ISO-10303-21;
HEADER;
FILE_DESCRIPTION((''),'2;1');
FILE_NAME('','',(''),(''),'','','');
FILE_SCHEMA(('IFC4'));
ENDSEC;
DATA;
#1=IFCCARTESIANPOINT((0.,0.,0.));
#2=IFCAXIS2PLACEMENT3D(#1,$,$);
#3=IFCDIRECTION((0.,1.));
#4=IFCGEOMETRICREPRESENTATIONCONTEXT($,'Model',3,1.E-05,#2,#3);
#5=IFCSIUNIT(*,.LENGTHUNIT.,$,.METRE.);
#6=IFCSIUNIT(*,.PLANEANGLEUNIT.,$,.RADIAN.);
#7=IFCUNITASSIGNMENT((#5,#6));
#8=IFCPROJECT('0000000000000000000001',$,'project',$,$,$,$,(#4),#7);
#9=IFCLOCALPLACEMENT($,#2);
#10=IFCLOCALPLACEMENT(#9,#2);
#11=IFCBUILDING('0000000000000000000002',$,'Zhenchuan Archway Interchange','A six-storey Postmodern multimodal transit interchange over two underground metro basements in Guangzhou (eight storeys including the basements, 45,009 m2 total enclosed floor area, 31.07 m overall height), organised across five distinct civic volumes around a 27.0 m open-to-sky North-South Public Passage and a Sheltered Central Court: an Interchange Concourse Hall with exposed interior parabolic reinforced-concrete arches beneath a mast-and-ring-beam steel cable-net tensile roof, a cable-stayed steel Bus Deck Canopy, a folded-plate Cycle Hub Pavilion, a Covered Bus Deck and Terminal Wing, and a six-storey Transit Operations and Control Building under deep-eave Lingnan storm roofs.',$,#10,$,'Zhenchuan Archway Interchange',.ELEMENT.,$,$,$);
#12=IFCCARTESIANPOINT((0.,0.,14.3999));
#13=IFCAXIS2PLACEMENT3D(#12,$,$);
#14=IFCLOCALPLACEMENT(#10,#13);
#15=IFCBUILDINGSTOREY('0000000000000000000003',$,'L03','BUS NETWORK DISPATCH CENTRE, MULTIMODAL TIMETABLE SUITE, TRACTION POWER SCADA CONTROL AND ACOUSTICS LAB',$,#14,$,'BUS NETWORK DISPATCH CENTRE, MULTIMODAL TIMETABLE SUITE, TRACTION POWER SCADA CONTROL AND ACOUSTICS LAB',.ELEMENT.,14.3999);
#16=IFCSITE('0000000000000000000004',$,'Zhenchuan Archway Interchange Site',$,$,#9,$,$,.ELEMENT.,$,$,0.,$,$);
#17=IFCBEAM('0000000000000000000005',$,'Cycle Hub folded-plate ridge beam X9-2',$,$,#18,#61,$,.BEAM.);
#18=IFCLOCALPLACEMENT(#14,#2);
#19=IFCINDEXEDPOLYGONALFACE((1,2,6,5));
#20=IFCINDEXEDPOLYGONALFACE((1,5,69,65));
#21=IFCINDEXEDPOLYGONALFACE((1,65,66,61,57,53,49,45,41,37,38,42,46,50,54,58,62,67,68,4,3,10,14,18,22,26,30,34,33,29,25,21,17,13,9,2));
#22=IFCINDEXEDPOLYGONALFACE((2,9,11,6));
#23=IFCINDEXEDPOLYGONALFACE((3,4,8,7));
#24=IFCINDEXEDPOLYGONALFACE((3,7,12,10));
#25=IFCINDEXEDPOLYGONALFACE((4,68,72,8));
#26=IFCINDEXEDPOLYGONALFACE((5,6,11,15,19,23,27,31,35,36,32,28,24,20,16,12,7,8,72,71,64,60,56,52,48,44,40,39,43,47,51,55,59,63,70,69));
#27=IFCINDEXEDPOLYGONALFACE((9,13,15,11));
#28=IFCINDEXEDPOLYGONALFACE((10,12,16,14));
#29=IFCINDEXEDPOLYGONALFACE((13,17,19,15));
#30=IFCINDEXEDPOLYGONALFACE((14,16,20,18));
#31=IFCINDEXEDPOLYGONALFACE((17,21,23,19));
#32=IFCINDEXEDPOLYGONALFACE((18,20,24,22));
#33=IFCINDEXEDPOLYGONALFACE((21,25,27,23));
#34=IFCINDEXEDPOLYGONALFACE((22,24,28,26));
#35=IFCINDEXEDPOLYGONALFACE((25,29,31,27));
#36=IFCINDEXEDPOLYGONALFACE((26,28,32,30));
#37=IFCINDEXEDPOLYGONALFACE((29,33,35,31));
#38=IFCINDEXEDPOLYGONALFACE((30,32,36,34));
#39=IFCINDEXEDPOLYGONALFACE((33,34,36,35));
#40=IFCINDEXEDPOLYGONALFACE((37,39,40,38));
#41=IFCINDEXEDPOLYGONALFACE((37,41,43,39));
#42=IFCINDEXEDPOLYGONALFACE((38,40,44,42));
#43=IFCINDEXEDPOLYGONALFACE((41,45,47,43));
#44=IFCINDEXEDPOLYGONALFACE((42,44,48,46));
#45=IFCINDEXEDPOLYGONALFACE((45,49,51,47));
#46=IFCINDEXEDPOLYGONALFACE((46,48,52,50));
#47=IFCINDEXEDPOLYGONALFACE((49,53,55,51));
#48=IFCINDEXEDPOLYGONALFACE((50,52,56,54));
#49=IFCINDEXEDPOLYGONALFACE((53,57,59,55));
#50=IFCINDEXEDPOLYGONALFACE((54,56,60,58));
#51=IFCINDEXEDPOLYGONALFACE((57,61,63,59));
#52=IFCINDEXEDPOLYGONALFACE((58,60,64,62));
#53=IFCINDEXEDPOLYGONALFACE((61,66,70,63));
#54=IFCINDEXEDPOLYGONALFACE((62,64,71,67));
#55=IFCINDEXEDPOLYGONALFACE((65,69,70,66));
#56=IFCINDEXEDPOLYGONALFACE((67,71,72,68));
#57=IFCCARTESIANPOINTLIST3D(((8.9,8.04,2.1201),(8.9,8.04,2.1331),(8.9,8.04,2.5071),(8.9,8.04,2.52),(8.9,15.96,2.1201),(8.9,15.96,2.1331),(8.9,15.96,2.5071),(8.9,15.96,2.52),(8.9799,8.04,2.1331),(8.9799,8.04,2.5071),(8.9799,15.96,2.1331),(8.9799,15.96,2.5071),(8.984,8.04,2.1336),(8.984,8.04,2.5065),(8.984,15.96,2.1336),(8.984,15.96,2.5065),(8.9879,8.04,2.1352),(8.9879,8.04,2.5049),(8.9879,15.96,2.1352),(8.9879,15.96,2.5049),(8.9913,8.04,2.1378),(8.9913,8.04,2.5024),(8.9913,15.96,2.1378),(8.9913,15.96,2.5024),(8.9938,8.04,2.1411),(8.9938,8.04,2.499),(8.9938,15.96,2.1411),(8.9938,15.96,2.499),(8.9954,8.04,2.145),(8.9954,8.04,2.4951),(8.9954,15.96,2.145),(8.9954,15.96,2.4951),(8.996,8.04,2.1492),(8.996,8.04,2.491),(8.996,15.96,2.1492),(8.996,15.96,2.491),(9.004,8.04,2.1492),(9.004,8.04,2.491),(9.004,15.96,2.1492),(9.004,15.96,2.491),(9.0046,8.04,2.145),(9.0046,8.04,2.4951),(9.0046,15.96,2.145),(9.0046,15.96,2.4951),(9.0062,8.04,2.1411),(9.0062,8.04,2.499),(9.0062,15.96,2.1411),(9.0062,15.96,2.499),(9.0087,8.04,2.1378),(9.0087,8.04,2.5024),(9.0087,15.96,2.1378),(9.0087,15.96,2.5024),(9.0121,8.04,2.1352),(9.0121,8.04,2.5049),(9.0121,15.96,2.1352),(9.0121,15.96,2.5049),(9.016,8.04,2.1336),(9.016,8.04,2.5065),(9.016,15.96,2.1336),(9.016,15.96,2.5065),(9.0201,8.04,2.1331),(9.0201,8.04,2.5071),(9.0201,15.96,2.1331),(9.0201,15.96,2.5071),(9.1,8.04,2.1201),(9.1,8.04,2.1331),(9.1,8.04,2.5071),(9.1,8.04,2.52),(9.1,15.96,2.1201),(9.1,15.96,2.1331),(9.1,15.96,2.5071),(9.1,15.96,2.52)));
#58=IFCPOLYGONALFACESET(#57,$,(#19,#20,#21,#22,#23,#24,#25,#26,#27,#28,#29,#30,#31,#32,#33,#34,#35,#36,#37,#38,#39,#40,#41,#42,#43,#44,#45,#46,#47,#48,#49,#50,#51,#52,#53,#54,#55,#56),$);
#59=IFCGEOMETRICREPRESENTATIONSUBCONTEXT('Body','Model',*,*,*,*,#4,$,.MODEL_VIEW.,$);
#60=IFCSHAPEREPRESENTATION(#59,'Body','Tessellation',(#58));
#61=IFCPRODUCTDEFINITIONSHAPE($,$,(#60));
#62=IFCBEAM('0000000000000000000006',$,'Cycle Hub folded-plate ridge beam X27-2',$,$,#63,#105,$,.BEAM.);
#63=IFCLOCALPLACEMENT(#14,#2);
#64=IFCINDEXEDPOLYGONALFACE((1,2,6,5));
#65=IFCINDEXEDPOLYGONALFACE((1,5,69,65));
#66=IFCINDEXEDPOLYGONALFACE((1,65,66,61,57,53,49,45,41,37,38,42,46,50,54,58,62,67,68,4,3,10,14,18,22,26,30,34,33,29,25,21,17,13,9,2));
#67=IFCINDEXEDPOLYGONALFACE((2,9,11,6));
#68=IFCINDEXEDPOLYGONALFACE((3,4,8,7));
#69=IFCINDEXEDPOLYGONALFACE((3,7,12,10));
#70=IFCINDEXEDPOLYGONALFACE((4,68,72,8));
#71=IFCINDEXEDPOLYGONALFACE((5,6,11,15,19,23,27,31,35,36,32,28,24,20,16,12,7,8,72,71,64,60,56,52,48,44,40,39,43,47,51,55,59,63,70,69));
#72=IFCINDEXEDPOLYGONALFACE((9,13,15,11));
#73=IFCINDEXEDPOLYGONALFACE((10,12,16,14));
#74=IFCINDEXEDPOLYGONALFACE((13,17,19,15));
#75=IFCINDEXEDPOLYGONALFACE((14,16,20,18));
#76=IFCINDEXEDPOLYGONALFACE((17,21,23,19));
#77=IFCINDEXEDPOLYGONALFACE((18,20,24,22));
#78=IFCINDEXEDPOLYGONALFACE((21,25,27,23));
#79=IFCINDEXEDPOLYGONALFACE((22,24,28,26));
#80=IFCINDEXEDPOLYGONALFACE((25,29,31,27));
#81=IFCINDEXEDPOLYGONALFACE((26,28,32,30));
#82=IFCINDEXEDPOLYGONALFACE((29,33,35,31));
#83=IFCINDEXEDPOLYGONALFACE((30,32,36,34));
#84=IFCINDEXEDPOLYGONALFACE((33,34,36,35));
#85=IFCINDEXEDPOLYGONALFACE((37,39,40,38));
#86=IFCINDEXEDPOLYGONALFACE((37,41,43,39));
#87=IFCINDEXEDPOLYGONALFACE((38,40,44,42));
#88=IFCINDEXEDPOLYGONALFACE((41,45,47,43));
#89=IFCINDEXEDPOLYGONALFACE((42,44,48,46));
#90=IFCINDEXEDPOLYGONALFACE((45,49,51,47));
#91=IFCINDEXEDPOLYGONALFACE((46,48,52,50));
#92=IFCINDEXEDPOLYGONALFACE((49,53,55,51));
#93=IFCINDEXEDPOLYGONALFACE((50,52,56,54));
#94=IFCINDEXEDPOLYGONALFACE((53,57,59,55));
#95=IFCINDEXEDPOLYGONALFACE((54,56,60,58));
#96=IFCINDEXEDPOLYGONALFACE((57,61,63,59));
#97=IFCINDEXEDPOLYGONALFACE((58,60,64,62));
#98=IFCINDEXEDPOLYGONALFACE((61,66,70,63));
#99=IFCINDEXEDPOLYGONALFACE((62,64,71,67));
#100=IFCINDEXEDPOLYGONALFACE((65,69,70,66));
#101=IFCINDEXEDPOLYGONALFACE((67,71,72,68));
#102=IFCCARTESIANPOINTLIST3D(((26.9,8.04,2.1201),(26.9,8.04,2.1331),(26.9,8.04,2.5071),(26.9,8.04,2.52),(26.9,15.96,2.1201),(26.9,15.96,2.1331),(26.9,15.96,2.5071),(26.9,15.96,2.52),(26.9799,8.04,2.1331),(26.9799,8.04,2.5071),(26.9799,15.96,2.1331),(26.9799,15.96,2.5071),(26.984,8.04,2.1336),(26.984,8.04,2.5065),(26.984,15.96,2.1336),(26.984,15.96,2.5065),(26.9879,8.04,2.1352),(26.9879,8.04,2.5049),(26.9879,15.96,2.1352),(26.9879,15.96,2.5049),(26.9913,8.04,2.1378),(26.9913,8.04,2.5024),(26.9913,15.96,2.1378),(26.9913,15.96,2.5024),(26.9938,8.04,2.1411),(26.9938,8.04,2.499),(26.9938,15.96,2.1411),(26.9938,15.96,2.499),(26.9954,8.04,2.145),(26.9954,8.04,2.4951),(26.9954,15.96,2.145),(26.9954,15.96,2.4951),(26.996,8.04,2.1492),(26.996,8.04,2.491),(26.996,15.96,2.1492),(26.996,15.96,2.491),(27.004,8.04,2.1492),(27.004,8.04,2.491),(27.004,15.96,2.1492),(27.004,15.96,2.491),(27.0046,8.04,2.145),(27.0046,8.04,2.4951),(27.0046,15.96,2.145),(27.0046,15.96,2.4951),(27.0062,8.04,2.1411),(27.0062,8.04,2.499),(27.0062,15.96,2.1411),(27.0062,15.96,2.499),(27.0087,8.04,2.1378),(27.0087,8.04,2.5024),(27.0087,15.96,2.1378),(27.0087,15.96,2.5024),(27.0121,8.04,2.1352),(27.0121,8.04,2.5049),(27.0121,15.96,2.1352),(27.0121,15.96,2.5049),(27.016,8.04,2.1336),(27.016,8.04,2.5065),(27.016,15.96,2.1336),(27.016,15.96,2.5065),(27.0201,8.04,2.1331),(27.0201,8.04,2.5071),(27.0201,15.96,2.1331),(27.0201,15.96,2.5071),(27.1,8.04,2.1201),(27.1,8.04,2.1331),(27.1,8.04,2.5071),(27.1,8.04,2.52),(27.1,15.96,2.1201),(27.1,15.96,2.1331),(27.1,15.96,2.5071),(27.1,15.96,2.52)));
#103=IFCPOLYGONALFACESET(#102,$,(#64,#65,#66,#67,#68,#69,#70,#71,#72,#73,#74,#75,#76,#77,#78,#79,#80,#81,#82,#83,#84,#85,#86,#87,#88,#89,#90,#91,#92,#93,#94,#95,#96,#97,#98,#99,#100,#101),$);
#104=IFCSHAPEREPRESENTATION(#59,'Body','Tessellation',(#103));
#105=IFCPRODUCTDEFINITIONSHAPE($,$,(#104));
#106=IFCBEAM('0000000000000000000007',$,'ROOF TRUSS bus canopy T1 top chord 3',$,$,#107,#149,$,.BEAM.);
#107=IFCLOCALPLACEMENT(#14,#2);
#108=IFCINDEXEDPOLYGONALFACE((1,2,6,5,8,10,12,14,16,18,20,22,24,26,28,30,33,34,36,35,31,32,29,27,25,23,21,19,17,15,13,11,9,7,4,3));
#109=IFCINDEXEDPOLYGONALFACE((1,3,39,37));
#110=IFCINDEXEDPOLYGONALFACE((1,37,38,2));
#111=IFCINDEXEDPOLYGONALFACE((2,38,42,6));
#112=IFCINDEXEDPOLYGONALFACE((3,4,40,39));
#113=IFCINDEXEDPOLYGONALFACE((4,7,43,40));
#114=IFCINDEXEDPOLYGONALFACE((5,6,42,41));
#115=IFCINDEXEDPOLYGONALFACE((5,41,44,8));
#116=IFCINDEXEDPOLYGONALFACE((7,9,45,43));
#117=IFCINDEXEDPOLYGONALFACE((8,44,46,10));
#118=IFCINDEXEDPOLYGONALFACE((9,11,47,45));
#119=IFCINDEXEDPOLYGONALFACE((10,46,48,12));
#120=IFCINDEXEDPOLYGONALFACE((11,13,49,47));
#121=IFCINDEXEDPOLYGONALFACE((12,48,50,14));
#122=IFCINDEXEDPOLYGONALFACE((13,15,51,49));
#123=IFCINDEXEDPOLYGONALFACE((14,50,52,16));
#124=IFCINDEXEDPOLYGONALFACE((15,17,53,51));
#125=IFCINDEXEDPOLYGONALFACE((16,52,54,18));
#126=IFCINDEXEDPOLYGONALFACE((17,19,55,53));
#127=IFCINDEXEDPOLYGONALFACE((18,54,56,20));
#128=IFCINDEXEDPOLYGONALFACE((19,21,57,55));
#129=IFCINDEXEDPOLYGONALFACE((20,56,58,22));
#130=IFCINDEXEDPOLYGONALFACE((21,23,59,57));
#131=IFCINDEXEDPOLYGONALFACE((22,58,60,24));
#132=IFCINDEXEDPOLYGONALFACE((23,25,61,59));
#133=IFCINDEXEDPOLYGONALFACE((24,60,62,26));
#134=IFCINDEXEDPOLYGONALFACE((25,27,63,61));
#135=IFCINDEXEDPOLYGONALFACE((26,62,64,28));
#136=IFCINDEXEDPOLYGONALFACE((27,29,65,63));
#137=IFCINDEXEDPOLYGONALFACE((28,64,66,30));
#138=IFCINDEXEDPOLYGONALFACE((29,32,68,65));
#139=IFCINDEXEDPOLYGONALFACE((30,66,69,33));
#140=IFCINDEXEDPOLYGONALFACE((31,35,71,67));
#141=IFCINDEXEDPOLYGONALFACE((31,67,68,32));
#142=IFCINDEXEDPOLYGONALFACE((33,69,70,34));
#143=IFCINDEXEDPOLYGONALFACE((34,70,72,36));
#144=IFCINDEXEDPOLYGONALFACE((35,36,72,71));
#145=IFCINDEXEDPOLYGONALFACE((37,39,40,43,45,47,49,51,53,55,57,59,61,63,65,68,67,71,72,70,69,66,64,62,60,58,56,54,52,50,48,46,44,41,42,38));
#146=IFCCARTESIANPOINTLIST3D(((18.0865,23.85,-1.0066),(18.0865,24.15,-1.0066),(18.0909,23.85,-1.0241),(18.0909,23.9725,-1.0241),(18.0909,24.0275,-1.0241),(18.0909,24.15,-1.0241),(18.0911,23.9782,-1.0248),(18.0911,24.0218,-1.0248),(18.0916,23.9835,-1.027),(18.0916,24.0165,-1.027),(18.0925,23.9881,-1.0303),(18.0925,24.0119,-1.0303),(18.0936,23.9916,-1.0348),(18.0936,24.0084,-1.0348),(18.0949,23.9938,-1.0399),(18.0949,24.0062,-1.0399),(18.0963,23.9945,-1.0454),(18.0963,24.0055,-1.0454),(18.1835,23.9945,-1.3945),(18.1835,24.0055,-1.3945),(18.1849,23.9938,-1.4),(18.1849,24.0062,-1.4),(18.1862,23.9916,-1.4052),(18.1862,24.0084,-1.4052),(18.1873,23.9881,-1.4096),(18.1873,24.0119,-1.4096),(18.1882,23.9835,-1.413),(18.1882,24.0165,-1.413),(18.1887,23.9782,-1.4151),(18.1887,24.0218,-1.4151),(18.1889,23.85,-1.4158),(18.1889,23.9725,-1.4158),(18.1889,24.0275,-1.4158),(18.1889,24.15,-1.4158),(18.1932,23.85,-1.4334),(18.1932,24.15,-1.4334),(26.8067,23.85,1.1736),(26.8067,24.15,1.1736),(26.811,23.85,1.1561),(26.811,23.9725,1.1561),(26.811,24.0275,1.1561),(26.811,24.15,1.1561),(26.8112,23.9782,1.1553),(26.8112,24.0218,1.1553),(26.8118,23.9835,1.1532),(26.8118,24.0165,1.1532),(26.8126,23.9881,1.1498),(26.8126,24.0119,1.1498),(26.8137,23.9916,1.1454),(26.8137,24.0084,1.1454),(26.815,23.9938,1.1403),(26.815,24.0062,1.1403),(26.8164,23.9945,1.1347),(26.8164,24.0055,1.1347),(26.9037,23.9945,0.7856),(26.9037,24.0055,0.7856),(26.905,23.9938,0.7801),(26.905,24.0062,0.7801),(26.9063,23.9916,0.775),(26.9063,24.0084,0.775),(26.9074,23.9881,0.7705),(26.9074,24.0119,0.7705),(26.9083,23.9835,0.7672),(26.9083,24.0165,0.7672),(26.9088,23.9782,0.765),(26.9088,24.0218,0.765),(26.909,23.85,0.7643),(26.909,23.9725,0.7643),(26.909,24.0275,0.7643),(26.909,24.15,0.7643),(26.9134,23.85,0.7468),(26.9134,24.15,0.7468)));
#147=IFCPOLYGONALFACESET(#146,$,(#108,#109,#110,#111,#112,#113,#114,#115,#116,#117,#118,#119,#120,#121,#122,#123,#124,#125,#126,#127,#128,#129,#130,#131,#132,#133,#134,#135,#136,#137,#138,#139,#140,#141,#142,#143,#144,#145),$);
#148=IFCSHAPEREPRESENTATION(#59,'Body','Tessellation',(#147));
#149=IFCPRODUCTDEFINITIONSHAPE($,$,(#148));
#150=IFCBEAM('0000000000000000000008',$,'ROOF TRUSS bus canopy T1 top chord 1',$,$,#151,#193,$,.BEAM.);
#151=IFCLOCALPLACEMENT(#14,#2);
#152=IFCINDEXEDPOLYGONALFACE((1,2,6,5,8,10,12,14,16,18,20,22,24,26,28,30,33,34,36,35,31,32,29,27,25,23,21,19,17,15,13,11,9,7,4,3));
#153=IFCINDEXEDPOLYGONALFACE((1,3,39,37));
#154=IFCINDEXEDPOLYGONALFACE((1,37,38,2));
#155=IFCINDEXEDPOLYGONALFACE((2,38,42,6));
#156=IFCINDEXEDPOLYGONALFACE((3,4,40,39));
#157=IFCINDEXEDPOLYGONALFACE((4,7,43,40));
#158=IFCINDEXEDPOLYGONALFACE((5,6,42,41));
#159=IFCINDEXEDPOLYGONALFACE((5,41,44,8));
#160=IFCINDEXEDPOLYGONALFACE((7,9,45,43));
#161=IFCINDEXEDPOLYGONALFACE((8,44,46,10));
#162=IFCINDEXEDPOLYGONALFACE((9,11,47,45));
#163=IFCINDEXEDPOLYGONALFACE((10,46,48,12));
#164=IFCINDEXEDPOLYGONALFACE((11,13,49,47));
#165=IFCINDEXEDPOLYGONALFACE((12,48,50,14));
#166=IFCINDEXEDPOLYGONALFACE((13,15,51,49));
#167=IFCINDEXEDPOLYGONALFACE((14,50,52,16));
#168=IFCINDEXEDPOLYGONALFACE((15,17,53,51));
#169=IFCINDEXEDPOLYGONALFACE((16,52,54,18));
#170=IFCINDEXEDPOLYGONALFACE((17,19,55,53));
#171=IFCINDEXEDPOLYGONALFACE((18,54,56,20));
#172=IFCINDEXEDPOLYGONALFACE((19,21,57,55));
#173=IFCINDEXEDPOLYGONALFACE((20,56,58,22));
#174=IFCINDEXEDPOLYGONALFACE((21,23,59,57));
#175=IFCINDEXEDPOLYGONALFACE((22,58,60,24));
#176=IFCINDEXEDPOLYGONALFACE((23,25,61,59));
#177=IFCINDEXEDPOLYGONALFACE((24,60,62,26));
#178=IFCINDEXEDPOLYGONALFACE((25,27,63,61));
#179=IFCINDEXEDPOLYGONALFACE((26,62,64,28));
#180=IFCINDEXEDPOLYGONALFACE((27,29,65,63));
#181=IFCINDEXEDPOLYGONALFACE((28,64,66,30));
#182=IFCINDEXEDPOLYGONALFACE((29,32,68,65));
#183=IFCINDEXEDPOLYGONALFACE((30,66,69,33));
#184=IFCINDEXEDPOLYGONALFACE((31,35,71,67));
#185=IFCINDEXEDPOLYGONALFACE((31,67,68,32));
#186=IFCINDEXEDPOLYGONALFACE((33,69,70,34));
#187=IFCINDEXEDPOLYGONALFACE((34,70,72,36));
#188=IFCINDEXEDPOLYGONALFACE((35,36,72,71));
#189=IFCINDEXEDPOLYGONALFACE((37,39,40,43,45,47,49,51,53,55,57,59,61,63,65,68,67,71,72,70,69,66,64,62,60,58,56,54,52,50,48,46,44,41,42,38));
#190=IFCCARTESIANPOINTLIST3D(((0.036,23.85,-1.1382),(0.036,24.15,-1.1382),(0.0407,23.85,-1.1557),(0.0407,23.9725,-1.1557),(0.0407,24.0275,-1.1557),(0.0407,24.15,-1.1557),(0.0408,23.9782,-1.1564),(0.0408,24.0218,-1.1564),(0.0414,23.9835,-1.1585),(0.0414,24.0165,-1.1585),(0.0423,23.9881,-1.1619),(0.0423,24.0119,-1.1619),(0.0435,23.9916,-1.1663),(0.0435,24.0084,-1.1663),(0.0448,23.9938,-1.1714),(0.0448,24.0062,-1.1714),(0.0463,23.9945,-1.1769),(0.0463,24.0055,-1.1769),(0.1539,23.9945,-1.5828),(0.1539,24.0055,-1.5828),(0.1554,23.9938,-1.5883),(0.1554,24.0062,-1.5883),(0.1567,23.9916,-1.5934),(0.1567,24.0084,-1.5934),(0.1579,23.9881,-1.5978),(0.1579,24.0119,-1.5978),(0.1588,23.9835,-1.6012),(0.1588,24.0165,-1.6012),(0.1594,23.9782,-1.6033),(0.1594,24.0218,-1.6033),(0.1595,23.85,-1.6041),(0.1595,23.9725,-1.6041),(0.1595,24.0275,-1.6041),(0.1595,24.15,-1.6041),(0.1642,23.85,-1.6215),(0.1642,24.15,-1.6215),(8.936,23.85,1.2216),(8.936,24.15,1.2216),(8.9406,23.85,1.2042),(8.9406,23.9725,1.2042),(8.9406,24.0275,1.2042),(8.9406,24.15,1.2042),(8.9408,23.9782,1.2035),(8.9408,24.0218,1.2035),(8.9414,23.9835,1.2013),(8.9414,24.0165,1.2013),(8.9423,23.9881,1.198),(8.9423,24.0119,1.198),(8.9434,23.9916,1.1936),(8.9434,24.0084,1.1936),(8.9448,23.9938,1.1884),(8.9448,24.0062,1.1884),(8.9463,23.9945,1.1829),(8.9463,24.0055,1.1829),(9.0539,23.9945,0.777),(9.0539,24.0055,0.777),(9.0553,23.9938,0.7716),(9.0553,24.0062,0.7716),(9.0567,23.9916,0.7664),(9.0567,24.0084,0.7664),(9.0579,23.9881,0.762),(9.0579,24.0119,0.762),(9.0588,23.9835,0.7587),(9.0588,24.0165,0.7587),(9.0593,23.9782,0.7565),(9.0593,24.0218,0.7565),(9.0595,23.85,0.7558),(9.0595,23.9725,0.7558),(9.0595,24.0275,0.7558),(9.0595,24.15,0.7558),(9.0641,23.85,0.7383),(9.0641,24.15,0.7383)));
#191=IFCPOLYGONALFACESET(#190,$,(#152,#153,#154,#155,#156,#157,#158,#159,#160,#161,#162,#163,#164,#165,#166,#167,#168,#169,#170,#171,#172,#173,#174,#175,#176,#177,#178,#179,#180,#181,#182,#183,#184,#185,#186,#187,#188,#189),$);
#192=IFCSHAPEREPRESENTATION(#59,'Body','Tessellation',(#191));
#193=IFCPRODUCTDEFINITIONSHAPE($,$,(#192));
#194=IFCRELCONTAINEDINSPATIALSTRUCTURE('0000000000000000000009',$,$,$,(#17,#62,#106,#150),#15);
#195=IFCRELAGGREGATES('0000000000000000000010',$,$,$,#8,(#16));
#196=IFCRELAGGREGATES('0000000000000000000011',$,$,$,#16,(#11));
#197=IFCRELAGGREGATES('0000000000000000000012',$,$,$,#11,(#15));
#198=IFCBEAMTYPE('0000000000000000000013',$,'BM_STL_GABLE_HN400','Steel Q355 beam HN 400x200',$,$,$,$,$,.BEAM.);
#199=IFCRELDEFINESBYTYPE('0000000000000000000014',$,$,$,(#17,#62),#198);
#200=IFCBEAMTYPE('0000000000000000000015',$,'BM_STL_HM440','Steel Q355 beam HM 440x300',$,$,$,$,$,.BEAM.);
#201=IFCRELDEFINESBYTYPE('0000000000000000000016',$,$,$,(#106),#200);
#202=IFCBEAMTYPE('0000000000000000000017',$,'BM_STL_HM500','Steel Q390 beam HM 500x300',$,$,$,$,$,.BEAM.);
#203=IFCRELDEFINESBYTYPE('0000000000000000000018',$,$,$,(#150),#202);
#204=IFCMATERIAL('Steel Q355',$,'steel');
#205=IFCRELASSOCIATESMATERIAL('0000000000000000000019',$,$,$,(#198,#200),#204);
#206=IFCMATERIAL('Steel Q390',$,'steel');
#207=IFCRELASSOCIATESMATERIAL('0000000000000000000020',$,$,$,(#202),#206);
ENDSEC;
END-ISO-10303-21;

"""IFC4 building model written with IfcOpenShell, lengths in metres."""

from ifc_helpers import new_model, si_unit, direction, frame, origin, origin_2d, place, context, subcontext, project, spatial, i_section, extrude, material, material_profile, profile_set, type_object, element, save


model = new_model("IFC4")

# Units and contexts
model_context = context("Model", 3, precision=1e-05, world=origin(), true_north=direction((0.0, 1.0)))
body_context = subcontext(model_context, "Body", "Model", "MODEL_VIEW")
ifc_project = project(units=[si_unit("LENGTHUNIT", "METRE"), si_unit("PLANEANGLEUNIT", "RADIAN")], contexts=[model_context])

# Site, building, storey
site_placement = place(None, origin())
site = spatial("IfcSite", under=ifc_project, at=site_placement, Name="Zhenchuan Archway Interchange Site", CompositionType="ELEMENT", RefElevation=0.0)
building_placement = place(site_placement, origin())
building = spatial("IfcBuilding", under=site, at=building_placement, Name="Zhenchuan Archway Interchange", Description="A six-storey Postmodern multimodal transit interchange over two underground metro basements in Guangzhou (eight storeys including the basements, 45,009 m2 total enclosed floor area, 31.07 m overall height), organised across five distinct civic volumes around a 27.0 m open-to-sky North-South Public Passage and a Sheltered Central Court: an Interchange Concourse Hall with exposed interior parabolic reinforced-concrete arches beneath a mast-and-ring-beam steel cable-net tensile roof, a cable-stayed steel Bus Deck Canopy, a folded-plate Cycle Hub Pavilion, a Covered Bus Deck and Terminal Wing, and a six-storey Transit Operations and Control Building under deep-eave Lingnan storm roofs.", LongName="Zhenchuan Archway Interchange", CompositionType="ELEMENT")
storey_placement = place(building_placement, frame((0.0, 0.0, 14.3999)))
storey = spatial("IfcBuildingStorey", under=building, at=storey_placement, Name="L03", Description="BUS NETWORK DISPATCH CENTRE, MULTIMODAL TIMETABLE SUITE, TRACTION POWER SCADA CONTROL AND ACOUSTICS LAB", LongName="BUS NETWORK DISPATCH CENTRE, MULTIMODAL TIMETABLE SUITE, TRACTION POWER SCADA CONTROL AND ACOUSTICS LAB", CompositionType="ELEMENT", Elevation=14.3999)

# Shared definitions
ifc_material_1 = material(Name="Steel Q390", Category="steel")
ifc_material_2 = material(Name="Steel Q355", Category="steel")

# Beams
ifc_material_profile_1 = material_profile(ifc_material_2, i_section(OverallWidth=0.2, OverallDepth=0.3999, WebThickness=0.0081, FlangeThickness=0.0129, FilletRadius=0.0161, at=origin_2d()), Name="HN 400x200")
ifc_profile_set_1 = profile_set([ifc_material_profile_1], Name="Steel Q355")
beam_type_1 = type_object("IfcBeamType", Name="BM_STL_GABLE_HN400", Description="Steel Q355 beam HN 400x200", PredefinedType="BEAM", material=ifc_profile_set_1)
for number, where, z_axis, x_axis, name in (
    (1, (9.0, 8.04, 2.3201), (0.0, 1.0, 0.0), (-1.0, 0.0, 0.0), "Cycle Hub folded-plate ridge beam X9-2"),
    (2, (27.0, 8.04, 2.3201), (0.0, 1.0, 0.0), (-1.0, 0.0, 0.0), "Cycle Hub folded-plate ridge beam X27-2"),
):
    element("IfcBeam", number, at=place(storey_placement, frame(where, z_axis=z_axis, x_axis=x_axis)), inside=storey, type_object=beam_type_1, Name=name, PredefinedType="BEAM", context=body_context, shape_type="SweptSolid", body=[
        extrude(i_section(OverallWidth=0.2, OverallDepth=0.3999, WebThickness=0.0081, FlangeThickness=0.0129, FilletRadius=0.0161, at=origin_2d()), origin(), (0.0, 0.0, 1.0), 7.9199),
    ])
ifc_material_profile_2 = material_profile(ifc_material_2, i_section(OverallWidth=0.3, OverallDepth=0.4399, WebThickness=0.011, FlangeThickness=0.0181, FilletRadius=0.022, at=origin_2d()), Name="HM 440x300")
ifc_profile_set_2 = profile_set([ifc_material_profile_2], Name="Steel Q355")
beam_type_2 = type_object("IfcBeamType", Name="BM_STL_HM440", Description="Steel Q355 beam HM 440x300", PredefinedType="BEAM", material=ifc_profile_set_2)
beam_1_placement = place(storey_placement, frame((18.1399, 24.0, -1.22), z_axis=(0.970139, 0.0, 0.242548), x_axis=(0.0, 1.0, 0.0)))
element("IfcBeam", 3, at=beam_1_placement, inside=storey, type_object=beam_type_2, Name="ROOF TRUSS bus canopy T1 top chord 3", PredefinedType="BEAM", context=body_context, shape_type="SweptSolid", body=[
    extrude(i_section(OverallWidth=0.3, OverallDepth=0.4399, WebThickness=0.011, FlangeThickness=0.0181, FilletRadius=0.022, at=origin_2d()), origin(), (0.0, 0.0, 1.0), 8.9885),
])
ifc_material_profile_3 = material_profile(ifc_material_1, i_section(OverallWidth=0.3, OverallDepth=0.5, WebThickness=0.011, FlangeThickness=0.0181, FilletRadius=0.022, at=origin_2d()), Name="HM 500x300")
ifc_profile_set_3 = profile_set([ifc_material_profile_3], Name="Steel Q390")
beam_type_3 = type_object("IfcBeamType", Name="BM_STL_HM500", Description="Steel Q390 beam HM 500x300", PredefinedType="BEAM", material=ifc_profile_set_3)
beam_2_placement = place(storey_placement, frame((0.1001, 24.0, -1.3799), z_axis=(0.966597, 0.0, 0.256299), x_axis=(0.0, 1.0, 0.0)))
element("IfcBeam", 4, at=beam_2_placement, inside=storey, type_object=beam_type_3, Name="ROOF TRUSS bus canopy T1 top chord 1", PredefinedType="BEAM", context=body_context, shape_type="SweptSolid", body=[
    extrude(i_section(OverallWidth=0.3, OverallDepth=0.5, WebThickness=0.011, FlangeThickness=0.0181, FilletRadius=0.022, at=origin_2d()), origin(), (0.0, 0.0, 1.0), 9.2075),
])

save(model, "model.ifc")
